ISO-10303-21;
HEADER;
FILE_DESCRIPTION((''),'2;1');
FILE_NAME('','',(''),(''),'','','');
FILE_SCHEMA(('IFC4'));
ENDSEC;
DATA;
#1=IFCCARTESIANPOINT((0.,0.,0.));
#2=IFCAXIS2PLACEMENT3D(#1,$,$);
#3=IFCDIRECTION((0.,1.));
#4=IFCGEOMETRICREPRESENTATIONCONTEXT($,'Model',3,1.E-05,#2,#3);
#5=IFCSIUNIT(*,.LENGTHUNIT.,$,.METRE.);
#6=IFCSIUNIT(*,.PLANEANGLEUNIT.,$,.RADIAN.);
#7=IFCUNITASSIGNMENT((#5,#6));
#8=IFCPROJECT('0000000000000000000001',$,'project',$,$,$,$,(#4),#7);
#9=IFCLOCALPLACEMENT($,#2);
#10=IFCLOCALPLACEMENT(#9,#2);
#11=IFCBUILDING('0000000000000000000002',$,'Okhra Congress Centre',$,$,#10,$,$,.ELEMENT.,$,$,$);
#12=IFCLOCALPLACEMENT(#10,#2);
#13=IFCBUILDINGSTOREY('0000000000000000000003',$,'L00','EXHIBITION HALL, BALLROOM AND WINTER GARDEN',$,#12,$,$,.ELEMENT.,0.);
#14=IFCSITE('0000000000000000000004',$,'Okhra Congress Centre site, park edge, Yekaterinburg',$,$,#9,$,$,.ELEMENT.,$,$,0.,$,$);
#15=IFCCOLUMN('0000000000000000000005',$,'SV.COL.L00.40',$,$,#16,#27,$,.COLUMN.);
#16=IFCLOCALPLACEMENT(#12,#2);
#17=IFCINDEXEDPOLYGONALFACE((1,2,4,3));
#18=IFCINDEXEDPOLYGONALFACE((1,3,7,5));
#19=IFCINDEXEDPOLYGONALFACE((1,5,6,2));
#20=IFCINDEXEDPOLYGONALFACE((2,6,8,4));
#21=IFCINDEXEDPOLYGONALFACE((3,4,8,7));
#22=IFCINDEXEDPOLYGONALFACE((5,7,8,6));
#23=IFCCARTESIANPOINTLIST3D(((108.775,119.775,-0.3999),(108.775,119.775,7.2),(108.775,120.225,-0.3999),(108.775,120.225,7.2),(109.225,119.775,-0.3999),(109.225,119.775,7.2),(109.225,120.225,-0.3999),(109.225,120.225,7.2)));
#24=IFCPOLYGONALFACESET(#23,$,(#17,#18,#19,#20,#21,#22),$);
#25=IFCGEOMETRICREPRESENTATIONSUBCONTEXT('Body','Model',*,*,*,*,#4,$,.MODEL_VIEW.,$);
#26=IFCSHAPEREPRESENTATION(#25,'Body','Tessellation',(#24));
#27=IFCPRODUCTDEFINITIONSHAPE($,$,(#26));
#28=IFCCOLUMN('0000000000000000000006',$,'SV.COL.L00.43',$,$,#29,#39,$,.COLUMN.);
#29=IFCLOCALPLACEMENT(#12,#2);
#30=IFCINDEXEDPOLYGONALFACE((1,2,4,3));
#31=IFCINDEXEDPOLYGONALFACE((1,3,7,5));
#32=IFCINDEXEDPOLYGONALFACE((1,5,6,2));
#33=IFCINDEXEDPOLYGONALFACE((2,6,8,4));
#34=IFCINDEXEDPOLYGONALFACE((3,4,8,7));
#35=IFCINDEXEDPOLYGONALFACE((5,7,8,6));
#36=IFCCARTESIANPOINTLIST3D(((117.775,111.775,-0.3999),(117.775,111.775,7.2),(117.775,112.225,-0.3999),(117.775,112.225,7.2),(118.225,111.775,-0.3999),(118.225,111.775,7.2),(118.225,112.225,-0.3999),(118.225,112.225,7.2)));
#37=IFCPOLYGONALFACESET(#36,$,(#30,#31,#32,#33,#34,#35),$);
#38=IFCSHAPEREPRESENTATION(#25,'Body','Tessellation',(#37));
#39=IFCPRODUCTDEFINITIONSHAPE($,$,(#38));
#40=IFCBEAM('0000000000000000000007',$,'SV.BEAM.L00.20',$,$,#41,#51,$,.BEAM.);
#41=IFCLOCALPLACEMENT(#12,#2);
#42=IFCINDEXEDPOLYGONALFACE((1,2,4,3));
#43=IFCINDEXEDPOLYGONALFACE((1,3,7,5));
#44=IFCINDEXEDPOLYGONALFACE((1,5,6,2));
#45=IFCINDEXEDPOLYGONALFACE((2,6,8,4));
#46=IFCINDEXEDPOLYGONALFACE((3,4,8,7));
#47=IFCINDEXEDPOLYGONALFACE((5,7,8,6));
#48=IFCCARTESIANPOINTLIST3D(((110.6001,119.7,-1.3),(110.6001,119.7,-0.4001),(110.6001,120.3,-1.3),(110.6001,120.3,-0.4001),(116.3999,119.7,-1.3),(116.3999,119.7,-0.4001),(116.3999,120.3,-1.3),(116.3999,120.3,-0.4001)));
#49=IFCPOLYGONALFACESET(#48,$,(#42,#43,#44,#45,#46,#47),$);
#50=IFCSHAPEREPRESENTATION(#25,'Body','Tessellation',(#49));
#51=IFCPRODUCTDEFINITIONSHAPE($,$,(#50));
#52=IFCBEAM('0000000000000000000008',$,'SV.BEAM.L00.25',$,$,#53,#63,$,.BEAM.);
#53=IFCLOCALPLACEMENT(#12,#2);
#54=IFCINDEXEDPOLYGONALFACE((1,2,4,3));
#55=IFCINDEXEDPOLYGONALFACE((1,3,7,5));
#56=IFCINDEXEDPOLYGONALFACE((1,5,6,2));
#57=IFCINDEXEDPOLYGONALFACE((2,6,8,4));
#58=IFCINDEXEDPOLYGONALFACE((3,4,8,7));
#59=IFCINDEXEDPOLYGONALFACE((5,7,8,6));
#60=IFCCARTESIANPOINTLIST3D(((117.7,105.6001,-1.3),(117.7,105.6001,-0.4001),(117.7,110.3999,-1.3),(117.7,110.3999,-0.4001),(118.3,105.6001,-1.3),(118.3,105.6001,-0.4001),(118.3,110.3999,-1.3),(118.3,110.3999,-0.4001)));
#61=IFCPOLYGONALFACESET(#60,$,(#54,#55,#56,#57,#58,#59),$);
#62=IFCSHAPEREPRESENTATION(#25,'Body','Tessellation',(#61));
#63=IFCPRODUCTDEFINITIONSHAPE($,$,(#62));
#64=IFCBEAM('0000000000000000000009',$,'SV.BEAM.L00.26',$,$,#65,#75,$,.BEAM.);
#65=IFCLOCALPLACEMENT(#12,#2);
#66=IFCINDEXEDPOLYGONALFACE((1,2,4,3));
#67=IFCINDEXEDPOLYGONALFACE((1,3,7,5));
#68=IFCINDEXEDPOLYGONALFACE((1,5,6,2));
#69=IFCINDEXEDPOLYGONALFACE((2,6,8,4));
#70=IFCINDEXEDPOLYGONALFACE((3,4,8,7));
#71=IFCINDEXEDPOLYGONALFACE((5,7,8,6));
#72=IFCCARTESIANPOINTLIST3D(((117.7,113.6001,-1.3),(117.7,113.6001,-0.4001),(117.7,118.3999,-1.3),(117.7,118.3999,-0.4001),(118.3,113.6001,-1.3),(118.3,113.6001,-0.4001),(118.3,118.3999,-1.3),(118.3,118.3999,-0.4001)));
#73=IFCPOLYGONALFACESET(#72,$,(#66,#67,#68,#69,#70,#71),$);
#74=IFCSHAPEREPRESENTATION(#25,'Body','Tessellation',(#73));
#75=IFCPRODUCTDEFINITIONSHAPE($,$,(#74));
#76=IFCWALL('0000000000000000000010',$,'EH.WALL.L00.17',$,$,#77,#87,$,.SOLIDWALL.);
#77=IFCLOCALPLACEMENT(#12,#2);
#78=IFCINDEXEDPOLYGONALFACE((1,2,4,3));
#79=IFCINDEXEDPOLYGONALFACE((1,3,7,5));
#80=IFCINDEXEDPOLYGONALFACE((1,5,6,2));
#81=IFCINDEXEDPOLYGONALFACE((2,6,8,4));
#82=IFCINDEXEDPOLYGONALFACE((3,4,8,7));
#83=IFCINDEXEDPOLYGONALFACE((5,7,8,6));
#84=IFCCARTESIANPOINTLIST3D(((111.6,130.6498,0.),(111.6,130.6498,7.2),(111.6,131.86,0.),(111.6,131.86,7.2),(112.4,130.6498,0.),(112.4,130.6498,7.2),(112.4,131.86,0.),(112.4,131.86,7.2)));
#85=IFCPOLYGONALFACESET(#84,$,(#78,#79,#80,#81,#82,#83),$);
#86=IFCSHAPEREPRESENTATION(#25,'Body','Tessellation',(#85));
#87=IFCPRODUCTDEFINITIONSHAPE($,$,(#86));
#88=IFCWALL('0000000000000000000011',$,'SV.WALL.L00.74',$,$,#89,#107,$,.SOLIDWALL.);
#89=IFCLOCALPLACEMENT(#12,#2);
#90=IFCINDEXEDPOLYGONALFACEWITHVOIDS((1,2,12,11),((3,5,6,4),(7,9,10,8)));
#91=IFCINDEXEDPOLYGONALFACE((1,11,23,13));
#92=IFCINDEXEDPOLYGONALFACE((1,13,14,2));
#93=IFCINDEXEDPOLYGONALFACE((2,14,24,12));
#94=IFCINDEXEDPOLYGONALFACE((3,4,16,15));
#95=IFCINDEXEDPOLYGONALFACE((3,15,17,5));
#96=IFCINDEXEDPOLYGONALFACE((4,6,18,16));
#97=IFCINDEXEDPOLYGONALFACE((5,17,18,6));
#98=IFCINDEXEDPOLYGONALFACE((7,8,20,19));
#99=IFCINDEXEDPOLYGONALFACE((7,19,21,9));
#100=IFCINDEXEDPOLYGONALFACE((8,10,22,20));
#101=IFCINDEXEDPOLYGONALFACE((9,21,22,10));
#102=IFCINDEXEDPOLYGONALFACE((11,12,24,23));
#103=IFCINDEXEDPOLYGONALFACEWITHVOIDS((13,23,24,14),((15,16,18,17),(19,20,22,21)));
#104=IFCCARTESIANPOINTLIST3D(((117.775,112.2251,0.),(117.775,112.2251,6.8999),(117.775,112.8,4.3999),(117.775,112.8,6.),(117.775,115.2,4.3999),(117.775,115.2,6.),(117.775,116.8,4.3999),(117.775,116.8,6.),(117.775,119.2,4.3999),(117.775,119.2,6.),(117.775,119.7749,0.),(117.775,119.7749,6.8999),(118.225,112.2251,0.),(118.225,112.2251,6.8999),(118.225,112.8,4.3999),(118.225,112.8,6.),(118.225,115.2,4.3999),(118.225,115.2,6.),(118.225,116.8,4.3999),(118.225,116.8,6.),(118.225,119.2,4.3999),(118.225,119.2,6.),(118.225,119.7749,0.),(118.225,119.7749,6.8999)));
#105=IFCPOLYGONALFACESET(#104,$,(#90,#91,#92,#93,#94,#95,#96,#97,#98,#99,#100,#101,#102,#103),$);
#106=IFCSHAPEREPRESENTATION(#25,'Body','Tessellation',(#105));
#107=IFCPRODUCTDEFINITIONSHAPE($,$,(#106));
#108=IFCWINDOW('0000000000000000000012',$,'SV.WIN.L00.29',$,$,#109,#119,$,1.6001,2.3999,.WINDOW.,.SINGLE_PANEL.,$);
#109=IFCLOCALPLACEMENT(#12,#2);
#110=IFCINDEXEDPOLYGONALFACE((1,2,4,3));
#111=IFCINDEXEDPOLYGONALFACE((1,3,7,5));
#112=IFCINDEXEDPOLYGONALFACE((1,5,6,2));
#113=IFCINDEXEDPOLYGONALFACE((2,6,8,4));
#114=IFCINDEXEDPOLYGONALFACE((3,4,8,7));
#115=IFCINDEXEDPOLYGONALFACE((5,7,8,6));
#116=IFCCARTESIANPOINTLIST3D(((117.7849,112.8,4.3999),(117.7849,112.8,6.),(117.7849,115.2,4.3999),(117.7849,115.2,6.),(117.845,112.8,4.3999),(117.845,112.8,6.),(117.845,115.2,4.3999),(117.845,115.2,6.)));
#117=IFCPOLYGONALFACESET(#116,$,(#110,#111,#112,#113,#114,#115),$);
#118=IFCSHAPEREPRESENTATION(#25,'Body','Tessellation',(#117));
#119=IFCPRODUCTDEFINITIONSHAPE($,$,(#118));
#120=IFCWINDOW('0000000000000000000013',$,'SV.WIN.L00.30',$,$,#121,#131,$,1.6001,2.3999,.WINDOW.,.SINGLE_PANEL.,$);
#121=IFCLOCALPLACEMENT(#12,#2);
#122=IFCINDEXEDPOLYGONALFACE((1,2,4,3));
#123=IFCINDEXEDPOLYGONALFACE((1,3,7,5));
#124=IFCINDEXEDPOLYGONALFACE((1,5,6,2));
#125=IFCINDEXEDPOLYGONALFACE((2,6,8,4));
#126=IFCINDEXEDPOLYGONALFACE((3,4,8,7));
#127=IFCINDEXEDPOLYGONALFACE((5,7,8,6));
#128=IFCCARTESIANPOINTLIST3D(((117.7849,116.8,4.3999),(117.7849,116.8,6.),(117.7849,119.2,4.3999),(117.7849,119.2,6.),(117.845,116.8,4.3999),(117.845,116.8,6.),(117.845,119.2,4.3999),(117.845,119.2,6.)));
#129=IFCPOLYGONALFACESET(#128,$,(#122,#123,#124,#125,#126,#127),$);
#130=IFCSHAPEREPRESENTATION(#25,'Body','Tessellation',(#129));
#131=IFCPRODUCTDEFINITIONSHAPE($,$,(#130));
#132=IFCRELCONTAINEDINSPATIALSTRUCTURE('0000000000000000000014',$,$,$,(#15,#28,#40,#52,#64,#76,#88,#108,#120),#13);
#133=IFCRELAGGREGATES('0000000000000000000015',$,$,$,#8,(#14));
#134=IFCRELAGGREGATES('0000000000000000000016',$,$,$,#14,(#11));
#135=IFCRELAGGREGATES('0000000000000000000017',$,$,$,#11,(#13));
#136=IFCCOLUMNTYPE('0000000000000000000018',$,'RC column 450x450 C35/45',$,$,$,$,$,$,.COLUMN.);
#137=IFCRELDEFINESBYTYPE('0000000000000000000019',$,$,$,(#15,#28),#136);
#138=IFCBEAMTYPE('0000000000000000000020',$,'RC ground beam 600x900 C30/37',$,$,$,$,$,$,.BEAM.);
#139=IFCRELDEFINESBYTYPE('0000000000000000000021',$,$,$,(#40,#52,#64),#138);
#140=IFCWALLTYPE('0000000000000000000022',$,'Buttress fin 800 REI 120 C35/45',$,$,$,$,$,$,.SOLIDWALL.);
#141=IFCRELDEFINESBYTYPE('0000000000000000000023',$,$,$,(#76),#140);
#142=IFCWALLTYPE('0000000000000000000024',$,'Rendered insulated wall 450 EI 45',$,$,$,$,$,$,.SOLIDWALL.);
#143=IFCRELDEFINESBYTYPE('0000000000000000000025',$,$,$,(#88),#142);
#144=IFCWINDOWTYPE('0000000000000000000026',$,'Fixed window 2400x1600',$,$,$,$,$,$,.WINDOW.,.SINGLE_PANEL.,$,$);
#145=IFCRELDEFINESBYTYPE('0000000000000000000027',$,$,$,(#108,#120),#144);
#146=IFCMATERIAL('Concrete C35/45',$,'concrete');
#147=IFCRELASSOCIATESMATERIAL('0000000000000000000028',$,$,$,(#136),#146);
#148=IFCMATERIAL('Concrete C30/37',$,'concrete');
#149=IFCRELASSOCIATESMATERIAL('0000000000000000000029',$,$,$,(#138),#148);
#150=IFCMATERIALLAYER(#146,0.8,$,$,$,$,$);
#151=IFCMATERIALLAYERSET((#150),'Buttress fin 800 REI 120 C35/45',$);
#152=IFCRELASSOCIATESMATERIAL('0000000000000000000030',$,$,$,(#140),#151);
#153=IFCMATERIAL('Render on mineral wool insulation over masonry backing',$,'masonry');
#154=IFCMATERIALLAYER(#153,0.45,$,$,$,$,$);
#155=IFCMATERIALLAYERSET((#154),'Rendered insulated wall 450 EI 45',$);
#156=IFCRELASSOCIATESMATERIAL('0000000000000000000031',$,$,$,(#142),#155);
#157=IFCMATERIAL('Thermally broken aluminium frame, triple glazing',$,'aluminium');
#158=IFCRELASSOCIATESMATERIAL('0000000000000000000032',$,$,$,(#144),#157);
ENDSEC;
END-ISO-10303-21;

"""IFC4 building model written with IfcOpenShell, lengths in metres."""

from ifc_helpers import new_model, si_unit, direction, frame, frame_2d, origin, origin_2d, place, context, subcontext, project, spatial, rectangle, extrude, material, layer, layer_set, material_profile, profile_set, type_object, element, fill, save


model = new_model("IFC4")

# Units and contexts
model_context = context("Model", 3, precision=1e-05, world=origin(), true_north=direction((0.0, 1.0)))
body_context = subcontext(model_context, "Body", "Model", "MODEL_VIEW")
ifc_project = project(units=[si_unit("LENGTHUNIT", "METRE"), si_unit("PLANEANGLEUNIT", "RADIAN")], contexts=[model_context])

# Site, building, storey
site_placement = place(None, origin())
site = spatial("IfcSite", under=ifc_project, at=site_placement, Name="Okhra Congress Centre site, park edge, Yekaterinburg", CompositionType="ELEMENT", RefElevation=0.0)
building_placement = place(site_placement, origin())
building = spatial("IfcBuilding", under=site, at=building_placement, Name="Okhra Congress Centre", CompositionType="ELEMENT")
storey_placement = place(building_placement, origin())
storey = spatial("IfcBuildingStorey", under=building, at=storey_placement, Name="L00", Description="EXHIBITION HALL, BALLROOM AND WINTER GARDEN", CompositionType="ELEMENT", Elevation=0.0)

# Shared definitions
ifc_material_1 = material(Name="Concrete C30/37", Category="concrete")

# Columns
ifc_material_2 = material(Name="Concrete C35/45", Category="concrete")
ifc_material_profile_1 = material_profile(ifc_material_2, rectangle(XDim=0.45, YDim=0.45, at=origin_2d()), Name="RC 450x450")
ifc_profile_set_1 = profile_set([ifc_material_profile_1], Name="Concrete C35/45")
column_type = type_object("IfcColumnType", Name="RC column 450x450 C35/45", PredefinedType="COLUMN", material=ifc_profile_set_1)
for number, where, z_axis, x_axis, name in (
    (1, (109.0, 120.0, -0.3999), (0.0, 0.0, 1.0), (1.0, 0.0, 0.0), "SV.COL.L00.40"),
    (2, (118.0, 112.0, -0.3999), (0.0, 0.0, 1.0), (1.0, 0.0, 0.0), "SV.COL.L00.43"),
):
    element("IfcColumn", number, at=place(storey_placement, frame(where, z_axis=z_axis, x_axis=x_axis)), inside=storey, type_object=column_type, Name=name, PredefinedType="COLUMN", context=body_context, shape_type="SweptSolid", body=[
        extrude(rectangle(XDim=0.45, YDim=0.45, at=origin_2d()), origin(), (0.0, 0.0, 1.0), 7.5999),
    ])

# Beams
ifc_material_profile_2 = material_profile(ifc_material_1, rectangle(XDim=0.6001, YDim=0.8999, at=origin_2d()), Name="RC 600x900")
ifc_profile_set_2 = profile_set([ifc_material_profile_2], Name="Concrete C30/37")
beam_type = type_object("IfcBeamType", Name="RC ground beam 600x900 C30/37", PredefinedType="BEAM", material=ifc_profile_set_2)
beam_placement = place(storey_placement, frame((110.6001, 120.0, -0.8501), z_axis=(1.0, 0.0, 0.0), x_axis=(0.0, 1.0, 0.0)))
element("IfcBeam", 3, at=beam_placement, inside=storey, type_object=beam_type, Name="SV.BEAM.L00.20", PredefinedType="BEAM", context=body_context, shape_type="SweptSolid", body=[
    extrude(rectangle(XDim=0.6001, YDim=0.8999, at=origin_2d()), origin(), (0.0, 0.0, 1.0), 5.7998),
])
for number, where, z_axis, x_axis, name in (
    (4, (118.0, 105.6001, -0.8501), (0.0, 1.0, 0.0), (-1.0, 0.0, 0.0), "SV.BEAM.L00.25"),
    (5, (118.0, 113.6001, -0.8501), (0.0, 1.0, 0.0), (-1.0, 0.0, 0.0), "SV.BEAM.L00.26"),
):
    element("IfcBeam", number, at=place(storey_placement, frame(where, z_axis=z_axis, x_axis=x_axis)), inside=storey, type_object=beam_type, Name=name, PredefinedType="BEAM", context=body_context, shape_type="SweptSolid", body=[
        extrude(rectangle(XDim=0.6001, YDim=0.8999, at=origin_2d()), origin(), (0.0, 0.0, 1.0), 4.7998),
    ])

# Wall
ifc_layer_1 = layer(ifc_material_2, 0.8)
ifc_layer_set_1 = layer_set([ifc_layer_1], Name="Buttress fin 800 REI 120 C35/45")
wall_type_1 = type_object("IfcWallType", Name="Buttress fin 800 REI 120 C35/45", PredefinedType="SOLIDWALL", material=ifc_layer_set_1)
wall_1_placement = place(storey_placement, frame((112.0, 130.6499, 0.0), z_axis=(0.0, 0.0, 1.0), x_axis=(0.0, 1.0, 0.0)))
element("IfcWall", 6, at=wall_1_placement, inside=storey, type_object=wall_type_1, Name="EH.WALL.L00.17", PredefinedType="SOLIDWALL", context=body_context, shape_type="SweptSolid", body=[
    extrude(rectangle(XDim=1.2102, YDim=0.8, at=frame_2d((0.605, 0.0))), origin(), (0.0, 0.0, 1.0), 7.2),
])

# Shared definitions
ifc_material_3 = material(Name="Render on mineral wool insulation over masonry backing", Category="masonry")
ifc_layer_2 = layer(ifc_material_3, 0.45)
ifc_layer_set_2 = layer_set([ifc_layer_2], Name="Rendered insulated wall 450 EI 45")
wall_type_2 = type_object("IfcWallType", Name="Rendered insulated wall 450 EI 45", PredefinedType="SOLIDWALL", material=ifc_layer_set_2)
ifc_material_4 = material(Name="Thermally broken aluminium frame, triple glazing", Category="aluminium")
window_type = type_object("IfcWindowType", Name="Fixed window 2400x1600", PartitioningType="SINGLE_PANEL", PredefinedType="WINDOW", material=ifc_material_4)

# Wall, openings, windows
wall_2_placement = place(storey_placement, frame((118.0, 112.2251, 0.0), z_axis=(0.0, 0.0, 1.0), x_axis=(0.0, 1.0, 0.0)))
wall_2 = element("IfcWall", 7, at=wall_2_placement, inside=storey, type_object=wall_type_2, Name="SV.WALL.L00.74", PredefinedType="SOLIDWALL", context=body_context, shape_type="SweptSolid", body=[
    extrude(rectangle(XDim=7.5498, YDim=0.45, at=frame_2d((3.7749, 0.0))), origin(), (0.0, 0.0, 1.0), 6.8999),
])
opening_1_placement = place(wall_2_placement, frame((0.575, 0.0, 4.3999)))
opening_1 = element("IfcOpeningElement", 8, at=opening_1_placement, cuts=wall_2, PredefinedType="OPENING", context=body_context, shape_type="SweptSolid", body=[
    extrude(rectangle(XDim=2.3999, YDim=1.6001, at=frame_2d((1.2, 0.8))), frame((0.0, 0.2349, 0.0), z_axis=(0.0, -1.0, 0.0), x_axis=(1.0, 0.0, 0.0)), (0.0, 0.0, 1.0), 0.47),
])
opening_2_placement = place(wall_2_placement, frame((4.575, 0.0, 4.3999)))
opening_2 = element("IfcOpeningElement", 9, at=opening_2_placement, cuts=wall_2, PredefinedType="OPENING", context=body_context, shape_type="SweptSolid", body=[
    extrude(rectangle(XDim=2.3999, YDim=1.6001, at=frame_2d((1.2, 0.8))), frame((0.0, 0.2349, 0.0), z_axis=(0.0, -1.0, 0.0), x_axis=(1.0, 0.0, 0.0)), (0.0, 0.0, 1.0), 0.47),
])
window_1_placement = place(opening_1_placement, origin())
window_1 = element("IfcWindow", 10, at=window_1_placement, inside=storey, type_object=window_type, Name="SV.WIN.L00.29", OverallHeight=1.6001, OverallWidth=2.3999, PartitioningType="SINGLE_PANEL", PredefinedType="WINDOW", context=body_context, shape_type="SweptSolid", body=[
    extrude(rectangle(XDim=2.3999, YDim=1.6001, at=frame_2d((1.2, 0.8))), frame((0.0, 0.2151, 0.0), z_axis=(0.0, -1.0, 0.0), x_axis=(1.0, 0.0, 0.0)), (0.0, 0.0, 1.0), 0.0601),
])
fill(opening_1, window_1)
window_2_placement = place(opening_2_placement, origin())
window_2 = element("IfcWindow", 11, at=window_2_placement, inside=storey, type_object=window_type, Name="SV.WIN.L00.30", OverallHeight=1.6001, OverallWidth=2.3999, PartitioningType="SINGLE_PANEL", PredefinedType="WINDOW", context=body_context, shape_type="SweptSolid", body=[
    extrude(rectangle(XDim=2.3999, YDim=1.6001, at=frame_2d((1.2, 0.8))), frame((0.0, 0.2151, 0.0), z_axis=(0.0, -1.0, 0.0), x_axis=(1.0, 0.0, 0.0)), (0.0, 0.0, 1.0), 0.0601),
])
fill(opening_2, window_2)

save(model, "model.ifc")
